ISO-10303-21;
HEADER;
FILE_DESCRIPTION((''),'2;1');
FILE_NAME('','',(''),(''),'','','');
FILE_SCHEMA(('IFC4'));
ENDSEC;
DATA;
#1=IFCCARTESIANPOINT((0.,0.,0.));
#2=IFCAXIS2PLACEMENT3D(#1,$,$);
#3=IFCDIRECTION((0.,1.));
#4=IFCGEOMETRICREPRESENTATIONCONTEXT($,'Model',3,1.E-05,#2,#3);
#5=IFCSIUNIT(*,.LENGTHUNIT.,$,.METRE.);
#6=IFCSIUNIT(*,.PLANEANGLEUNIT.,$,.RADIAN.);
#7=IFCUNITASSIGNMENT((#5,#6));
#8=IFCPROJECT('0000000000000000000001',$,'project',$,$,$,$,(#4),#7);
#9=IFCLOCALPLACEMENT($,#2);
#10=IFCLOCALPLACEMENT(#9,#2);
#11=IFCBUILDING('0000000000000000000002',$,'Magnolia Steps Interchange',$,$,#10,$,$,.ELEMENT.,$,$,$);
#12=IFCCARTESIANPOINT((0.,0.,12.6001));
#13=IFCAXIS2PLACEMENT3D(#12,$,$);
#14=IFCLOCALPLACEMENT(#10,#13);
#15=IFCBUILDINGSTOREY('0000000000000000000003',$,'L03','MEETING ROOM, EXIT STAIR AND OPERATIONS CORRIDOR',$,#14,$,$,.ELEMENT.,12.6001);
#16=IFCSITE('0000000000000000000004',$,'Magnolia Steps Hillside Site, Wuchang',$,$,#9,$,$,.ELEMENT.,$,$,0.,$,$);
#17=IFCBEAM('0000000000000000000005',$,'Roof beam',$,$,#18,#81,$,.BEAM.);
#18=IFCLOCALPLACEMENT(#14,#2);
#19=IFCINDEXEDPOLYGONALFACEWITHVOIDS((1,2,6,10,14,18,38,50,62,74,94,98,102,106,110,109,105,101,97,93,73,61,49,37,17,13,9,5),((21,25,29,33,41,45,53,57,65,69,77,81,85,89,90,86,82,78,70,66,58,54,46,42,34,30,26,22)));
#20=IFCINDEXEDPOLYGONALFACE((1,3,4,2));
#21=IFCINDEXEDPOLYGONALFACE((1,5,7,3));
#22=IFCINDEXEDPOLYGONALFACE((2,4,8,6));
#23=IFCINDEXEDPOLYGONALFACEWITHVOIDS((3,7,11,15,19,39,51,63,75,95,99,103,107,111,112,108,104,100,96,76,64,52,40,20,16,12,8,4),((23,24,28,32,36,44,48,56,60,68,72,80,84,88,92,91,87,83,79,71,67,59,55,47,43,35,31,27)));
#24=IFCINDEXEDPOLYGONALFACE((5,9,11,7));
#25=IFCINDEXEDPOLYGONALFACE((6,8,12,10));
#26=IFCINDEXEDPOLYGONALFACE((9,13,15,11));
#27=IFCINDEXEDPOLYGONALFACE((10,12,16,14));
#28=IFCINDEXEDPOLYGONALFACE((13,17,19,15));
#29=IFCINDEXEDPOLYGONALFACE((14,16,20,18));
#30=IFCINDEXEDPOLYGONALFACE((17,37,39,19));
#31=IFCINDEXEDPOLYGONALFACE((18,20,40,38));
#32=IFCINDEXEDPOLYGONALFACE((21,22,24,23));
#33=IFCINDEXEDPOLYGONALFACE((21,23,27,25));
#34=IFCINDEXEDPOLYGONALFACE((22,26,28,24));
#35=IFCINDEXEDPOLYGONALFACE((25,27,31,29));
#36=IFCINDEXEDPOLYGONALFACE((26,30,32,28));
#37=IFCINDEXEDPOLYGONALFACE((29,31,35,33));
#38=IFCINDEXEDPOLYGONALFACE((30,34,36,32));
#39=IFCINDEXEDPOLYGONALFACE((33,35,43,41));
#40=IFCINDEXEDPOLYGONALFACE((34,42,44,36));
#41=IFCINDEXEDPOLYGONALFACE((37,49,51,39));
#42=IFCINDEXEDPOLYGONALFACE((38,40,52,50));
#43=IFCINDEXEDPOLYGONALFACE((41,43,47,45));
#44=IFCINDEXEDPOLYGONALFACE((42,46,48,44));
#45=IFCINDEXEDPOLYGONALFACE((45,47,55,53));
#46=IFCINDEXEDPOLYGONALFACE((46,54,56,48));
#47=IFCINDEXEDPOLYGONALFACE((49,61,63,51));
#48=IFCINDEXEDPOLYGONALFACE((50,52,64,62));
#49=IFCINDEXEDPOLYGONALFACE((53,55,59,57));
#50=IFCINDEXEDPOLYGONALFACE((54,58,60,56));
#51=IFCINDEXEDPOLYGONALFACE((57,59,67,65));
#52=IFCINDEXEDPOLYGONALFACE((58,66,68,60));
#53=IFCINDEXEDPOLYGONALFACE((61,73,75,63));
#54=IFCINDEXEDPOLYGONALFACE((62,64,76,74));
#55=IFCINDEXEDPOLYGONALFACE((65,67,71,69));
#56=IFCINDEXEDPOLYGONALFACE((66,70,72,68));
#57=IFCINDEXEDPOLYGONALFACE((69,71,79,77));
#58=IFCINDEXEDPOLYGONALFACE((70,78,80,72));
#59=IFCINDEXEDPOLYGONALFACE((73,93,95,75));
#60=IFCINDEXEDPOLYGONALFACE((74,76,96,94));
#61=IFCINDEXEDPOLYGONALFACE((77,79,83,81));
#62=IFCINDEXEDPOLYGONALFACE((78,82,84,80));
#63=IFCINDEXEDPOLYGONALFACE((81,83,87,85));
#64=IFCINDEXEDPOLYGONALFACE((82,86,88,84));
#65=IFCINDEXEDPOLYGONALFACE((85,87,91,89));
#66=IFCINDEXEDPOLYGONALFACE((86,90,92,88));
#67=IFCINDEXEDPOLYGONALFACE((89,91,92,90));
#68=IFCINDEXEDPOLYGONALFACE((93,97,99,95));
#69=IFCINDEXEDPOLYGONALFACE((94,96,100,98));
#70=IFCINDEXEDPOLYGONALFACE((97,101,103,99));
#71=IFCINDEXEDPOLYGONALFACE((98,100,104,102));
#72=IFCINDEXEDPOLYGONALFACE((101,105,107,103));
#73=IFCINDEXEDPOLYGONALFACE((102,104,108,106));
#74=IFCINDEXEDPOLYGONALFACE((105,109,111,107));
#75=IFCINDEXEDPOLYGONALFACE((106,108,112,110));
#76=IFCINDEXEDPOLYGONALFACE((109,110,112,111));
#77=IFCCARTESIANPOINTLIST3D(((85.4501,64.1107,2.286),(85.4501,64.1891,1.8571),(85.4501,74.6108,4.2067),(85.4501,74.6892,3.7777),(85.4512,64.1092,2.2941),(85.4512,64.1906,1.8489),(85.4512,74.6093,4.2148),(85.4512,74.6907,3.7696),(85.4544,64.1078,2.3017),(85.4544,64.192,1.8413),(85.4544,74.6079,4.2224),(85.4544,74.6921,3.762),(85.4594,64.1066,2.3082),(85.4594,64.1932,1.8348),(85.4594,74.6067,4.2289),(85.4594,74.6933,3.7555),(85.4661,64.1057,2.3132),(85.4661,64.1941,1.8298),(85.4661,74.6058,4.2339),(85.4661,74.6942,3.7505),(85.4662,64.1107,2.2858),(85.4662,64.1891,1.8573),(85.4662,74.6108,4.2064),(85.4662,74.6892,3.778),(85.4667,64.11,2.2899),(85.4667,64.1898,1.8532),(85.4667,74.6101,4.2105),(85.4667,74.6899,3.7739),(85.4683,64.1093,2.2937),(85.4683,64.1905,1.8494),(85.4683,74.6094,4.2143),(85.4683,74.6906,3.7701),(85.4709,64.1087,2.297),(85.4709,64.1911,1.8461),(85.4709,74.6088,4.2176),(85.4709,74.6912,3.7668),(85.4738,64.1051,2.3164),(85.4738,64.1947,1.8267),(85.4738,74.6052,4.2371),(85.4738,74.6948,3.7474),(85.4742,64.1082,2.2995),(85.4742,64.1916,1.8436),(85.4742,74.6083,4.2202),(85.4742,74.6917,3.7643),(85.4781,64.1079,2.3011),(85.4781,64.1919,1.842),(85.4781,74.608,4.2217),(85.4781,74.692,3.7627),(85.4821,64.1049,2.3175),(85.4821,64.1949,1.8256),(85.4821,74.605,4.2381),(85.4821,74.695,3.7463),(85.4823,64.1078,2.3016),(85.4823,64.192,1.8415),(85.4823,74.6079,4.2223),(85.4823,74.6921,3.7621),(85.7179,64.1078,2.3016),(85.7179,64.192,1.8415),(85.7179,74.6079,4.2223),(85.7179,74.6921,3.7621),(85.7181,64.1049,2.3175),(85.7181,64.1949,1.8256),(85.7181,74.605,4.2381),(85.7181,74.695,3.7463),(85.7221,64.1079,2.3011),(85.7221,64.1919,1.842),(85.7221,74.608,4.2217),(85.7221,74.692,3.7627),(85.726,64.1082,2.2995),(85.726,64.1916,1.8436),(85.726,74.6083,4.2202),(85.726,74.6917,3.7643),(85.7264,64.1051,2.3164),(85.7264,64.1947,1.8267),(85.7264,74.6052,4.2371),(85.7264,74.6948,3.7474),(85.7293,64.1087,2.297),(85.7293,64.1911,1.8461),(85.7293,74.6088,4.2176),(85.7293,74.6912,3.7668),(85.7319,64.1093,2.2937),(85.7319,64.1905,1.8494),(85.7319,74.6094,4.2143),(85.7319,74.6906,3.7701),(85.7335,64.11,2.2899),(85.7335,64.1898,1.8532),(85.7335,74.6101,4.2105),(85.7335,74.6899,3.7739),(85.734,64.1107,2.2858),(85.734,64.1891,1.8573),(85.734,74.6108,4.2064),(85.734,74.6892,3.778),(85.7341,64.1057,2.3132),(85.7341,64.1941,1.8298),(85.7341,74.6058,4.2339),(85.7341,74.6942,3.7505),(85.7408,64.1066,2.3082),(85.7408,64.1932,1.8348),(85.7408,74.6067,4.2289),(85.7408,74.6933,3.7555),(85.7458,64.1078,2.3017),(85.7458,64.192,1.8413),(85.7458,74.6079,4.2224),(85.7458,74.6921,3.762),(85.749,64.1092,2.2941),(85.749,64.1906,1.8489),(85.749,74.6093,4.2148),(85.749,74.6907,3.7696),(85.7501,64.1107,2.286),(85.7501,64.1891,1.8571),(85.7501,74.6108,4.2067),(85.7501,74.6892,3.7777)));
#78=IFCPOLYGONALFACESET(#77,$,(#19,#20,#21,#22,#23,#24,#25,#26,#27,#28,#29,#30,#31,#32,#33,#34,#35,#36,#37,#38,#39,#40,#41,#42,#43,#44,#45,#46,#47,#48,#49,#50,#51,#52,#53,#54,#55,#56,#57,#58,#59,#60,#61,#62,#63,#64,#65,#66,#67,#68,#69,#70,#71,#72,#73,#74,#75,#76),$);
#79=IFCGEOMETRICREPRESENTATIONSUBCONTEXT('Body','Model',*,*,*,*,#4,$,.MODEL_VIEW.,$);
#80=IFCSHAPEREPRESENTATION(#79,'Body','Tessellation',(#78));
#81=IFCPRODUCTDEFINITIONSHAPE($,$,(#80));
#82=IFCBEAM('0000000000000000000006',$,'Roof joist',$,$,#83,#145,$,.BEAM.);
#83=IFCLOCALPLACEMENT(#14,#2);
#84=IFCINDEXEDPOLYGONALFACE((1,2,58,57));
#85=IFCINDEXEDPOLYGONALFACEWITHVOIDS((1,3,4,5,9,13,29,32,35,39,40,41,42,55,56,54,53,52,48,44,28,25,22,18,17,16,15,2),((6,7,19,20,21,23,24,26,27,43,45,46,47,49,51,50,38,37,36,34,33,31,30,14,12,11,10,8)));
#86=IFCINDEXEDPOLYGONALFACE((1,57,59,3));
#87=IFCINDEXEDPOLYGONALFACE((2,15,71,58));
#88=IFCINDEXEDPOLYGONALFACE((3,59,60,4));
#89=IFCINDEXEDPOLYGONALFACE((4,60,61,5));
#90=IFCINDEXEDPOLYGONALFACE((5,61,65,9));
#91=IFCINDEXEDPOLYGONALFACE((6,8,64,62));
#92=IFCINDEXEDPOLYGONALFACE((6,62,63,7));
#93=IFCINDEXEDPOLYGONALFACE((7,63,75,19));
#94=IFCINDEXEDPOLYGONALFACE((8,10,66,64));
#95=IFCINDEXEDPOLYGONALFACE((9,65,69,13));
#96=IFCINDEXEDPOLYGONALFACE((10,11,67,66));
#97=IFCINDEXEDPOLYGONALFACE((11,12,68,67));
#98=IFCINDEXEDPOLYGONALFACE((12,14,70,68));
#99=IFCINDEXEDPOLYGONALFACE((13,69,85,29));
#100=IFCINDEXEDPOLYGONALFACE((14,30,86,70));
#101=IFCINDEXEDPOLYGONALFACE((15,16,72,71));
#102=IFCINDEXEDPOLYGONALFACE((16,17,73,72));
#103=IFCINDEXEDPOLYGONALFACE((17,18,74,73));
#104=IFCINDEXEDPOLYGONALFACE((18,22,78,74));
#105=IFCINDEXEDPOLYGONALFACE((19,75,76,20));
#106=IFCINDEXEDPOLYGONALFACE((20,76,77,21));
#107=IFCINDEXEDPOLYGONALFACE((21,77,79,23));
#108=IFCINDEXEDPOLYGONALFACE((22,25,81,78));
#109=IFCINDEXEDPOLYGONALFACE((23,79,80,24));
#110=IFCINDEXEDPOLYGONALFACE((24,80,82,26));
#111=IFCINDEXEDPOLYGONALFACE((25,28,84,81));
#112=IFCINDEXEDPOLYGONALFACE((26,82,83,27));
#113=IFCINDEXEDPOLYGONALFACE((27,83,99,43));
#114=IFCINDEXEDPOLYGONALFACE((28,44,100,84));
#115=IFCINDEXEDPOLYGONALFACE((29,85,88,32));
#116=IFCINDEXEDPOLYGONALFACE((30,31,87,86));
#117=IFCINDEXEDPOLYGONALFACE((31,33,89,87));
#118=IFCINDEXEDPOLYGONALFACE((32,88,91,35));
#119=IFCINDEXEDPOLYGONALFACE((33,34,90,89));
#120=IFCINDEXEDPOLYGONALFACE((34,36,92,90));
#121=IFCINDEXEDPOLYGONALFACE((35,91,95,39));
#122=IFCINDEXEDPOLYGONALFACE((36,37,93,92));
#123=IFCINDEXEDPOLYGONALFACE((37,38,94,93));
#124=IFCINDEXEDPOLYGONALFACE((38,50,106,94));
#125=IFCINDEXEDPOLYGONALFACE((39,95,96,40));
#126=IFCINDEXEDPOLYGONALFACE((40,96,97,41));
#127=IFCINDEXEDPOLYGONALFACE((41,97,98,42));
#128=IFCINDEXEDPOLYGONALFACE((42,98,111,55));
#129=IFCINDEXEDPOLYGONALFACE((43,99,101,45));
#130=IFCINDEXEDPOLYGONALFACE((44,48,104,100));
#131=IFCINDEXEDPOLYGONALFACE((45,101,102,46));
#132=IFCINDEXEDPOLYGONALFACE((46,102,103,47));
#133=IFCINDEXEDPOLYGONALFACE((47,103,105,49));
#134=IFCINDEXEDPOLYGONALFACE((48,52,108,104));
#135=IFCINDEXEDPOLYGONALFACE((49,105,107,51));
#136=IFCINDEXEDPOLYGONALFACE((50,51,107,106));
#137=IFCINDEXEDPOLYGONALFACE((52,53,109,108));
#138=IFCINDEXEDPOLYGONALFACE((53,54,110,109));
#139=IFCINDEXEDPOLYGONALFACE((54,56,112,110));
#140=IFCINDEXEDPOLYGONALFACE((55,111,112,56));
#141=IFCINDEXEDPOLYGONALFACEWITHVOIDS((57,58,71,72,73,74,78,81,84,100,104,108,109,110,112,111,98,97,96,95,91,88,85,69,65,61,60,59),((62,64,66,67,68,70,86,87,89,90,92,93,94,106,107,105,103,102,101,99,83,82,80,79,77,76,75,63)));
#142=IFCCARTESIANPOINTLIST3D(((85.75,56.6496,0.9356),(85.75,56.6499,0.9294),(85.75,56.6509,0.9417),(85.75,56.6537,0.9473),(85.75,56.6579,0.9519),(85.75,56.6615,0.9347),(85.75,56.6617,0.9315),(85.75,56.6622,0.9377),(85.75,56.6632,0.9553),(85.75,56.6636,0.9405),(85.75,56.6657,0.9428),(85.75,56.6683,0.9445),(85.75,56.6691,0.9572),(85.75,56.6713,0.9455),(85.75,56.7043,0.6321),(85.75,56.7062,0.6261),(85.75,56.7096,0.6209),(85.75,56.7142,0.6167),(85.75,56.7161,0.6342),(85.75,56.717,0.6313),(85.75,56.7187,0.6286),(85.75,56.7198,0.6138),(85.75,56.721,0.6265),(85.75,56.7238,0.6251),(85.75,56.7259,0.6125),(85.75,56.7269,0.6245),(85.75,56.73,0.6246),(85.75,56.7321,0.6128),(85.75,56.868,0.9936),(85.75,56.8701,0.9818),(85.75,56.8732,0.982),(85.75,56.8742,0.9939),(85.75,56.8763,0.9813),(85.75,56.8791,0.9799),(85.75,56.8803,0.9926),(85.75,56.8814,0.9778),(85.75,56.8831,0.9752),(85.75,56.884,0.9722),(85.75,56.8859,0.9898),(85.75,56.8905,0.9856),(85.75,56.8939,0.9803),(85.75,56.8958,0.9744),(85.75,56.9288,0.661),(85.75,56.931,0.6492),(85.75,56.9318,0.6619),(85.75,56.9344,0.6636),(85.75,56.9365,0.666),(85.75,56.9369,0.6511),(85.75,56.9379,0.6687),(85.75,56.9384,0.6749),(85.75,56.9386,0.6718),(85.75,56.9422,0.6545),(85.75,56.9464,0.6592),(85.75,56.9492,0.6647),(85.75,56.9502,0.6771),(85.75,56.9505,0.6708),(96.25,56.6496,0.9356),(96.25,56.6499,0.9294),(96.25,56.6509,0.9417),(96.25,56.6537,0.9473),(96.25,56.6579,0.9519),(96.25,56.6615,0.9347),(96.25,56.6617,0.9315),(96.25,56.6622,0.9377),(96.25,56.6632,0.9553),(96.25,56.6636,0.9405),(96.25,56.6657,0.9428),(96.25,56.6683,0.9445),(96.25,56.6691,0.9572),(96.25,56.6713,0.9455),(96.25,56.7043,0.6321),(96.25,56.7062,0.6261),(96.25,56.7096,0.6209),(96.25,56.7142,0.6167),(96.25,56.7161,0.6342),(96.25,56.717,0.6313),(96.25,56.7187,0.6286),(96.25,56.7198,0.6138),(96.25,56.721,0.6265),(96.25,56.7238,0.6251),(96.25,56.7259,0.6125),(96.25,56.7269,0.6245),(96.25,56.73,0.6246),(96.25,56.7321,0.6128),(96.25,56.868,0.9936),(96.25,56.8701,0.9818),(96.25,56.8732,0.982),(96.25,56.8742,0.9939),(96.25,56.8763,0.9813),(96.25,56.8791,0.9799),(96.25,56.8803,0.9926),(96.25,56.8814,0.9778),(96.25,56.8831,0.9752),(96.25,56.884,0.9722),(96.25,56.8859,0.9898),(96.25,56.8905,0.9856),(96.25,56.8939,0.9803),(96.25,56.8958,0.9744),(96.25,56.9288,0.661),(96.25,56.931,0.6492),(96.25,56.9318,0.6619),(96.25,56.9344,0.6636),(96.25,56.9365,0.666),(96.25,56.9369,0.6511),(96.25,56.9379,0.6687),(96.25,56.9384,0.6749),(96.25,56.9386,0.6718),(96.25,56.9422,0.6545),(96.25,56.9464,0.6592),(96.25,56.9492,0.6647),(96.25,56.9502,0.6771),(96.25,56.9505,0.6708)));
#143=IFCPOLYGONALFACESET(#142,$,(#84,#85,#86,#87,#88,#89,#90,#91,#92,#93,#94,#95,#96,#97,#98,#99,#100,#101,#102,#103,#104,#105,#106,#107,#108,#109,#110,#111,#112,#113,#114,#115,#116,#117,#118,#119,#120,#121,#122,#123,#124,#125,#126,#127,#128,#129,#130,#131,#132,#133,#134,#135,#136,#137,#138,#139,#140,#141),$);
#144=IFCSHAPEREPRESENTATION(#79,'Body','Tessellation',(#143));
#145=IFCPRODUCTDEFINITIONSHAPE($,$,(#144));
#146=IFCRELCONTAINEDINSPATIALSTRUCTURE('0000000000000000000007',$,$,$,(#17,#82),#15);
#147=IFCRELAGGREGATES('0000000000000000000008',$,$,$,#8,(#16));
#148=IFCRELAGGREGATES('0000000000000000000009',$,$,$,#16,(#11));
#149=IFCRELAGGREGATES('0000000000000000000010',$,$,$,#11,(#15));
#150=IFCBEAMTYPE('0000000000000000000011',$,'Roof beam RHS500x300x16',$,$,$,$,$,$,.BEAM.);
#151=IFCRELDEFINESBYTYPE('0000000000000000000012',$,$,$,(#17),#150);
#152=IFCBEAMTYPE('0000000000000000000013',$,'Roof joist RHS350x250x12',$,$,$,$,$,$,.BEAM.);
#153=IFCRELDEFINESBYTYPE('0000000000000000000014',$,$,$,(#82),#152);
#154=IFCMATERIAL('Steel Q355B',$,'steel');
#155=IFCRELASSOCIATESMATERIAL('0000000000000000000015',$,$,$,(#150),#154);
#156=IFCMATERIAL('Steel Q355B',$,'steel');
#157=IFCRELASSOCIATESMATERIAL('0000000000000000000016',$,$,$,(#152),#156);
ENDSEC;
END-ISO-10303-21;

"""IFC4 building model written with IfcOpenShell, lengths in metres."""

from ifc_helpers import new_model, si_unit, direction, frame, origin, origin_2d, place, context, subcontext, project, spatial, hollow_rectangle, extrude, material, material_profile, profile_set, type_object, element, save


model = new_model("IFC4")

# Units and contexts
model_context = context("Model", 3, precision=1e-05, world=origin(), true_north=direction((0.0, 1.0)))
body_context = subcontext(model_context, "Body", "Model", "MODEL_VIEW")
ifc_project = project(units=[si_unit("LENGTHUNIT", "METRE"), si_unit("PLANEANGLEUNIT", "RADIAN")], contexts=[model_context])

# Site, building, storey
site_placement = place(None, origin())
site = spatial("IfcSite", under=ifc_project, at=site_placement, Name="Magnolia Steps Hillside Site, Wuchang", CompositionType="ELEMENT", RefElevation=0.0)
building_placement = place(site_placement, origin())
building = spatial("IfcBuilding", under=site, at=building_placement, Name="Magnolia Steps Interchange", CompositionType="ELEMENT")
storey_placement = place(building_placement, frame((0.0, 0.0, 12.6001)))
storey = spatial("IfcBuildingStorey", under=building, at=storey_placement, Name="L03", Description="MEETING ROOM, EXIT STAIR AND OPERATIONS CORRIDOR", CompositionType="ELEMENT", Elevation=12.6001)

# Beams
ifc_material_1 = material(Name="Steel Q355B", Category="steel")
ifc_material_profile_1 = material_profile(ifc_material_1, hollow_rectangle(XDim=0.3, YDim=0.5, WallThickness=0.0161, InnerFilletRadius=0.0161, OuterFilletRadius=0.032, at=origin_2d()), Name="RHS500x300x16")
ifc_profile_set_1 = profile_set([ifc_material_profile_1], Name="Steel Q355B")
beam_type_1 = type_object("IfcBeamType", Name="Roof beam RHS500x300x16", PredefinedType="BEAM", material=ifc_profile_set_1)
for number, where, z_axis, x_axis, name in (
    (1, (85.6001, 64.1499, 2.0715), (0.0, 0.983679, 0.179934), (-1.0, 0.0, 0.0), "Roof beam"),
):
    element("IfcBeam", number, at=place(storey_placement, frame(where, z_axis=z_axis, x_axis=x_axis)), inside=storey, type_object=beam_type_1, Name=name, PredefinedType="BEAM", context=body_context, shape_type="SweptSolid", body=[
        extrude(hollow_rectangle(XDim=0.3, YDim=0.5, WallThickness=0.0161, InnerFilletRadius=0.0161, OuterFilletRadius=0.032, at=origin_2d()), origin(), (0.0, 0.0, 1.0), 10.6743),
    ])
ifc_material_2 = material(Name="Steel Q355B", Category="steel")
ifc_material_profile_2 = material_profile(ifc_material_2, hollow_rectangle(XDim=0.25, YDim=0.3501, WallThickness=0.012, InnerFilletRadius=0.012, OuterFilletRadius=0.0239, at=origin_2d()), Name="RHS350x250x12")
ifc_profile_set_2 = profile_set([ifc_material_profile_2], Name="Steel Q355B")
beam_type_2 = type_object("IfcBeamType", Name="Roof joist RHS350x250x12", PredefinedType="BEAM", material=ifc_profile_set_2)
for number, where, z_axis, x_axis, name in (
    (2, (85.75, 56.8, 0.8032), (1.0, 0.0, 0.0), (0.0, 0.983677, 0.179941), "Roof joist"),
):
    element("IfcBeam", number, at=place(storey_placement, frame(where, z_axis=z_axis, x_axis=x_axis)), inside=storey, type_object=beam_type_2, Name=name, PredefinedType="BEAM", context=body_context, shape_type="SweptSolid", body=[
        extrude(hollow_rectangle(XDim=0.25, YDim=0.3501, WallThickness=0.012, InnerFilletRadius=0.012, OuterFilletRadius=0.0239, at=origin_2d()), origin(), (0.0, 0.0, 1.0), 10.5),
    ])

save(model, "model.ifc")
